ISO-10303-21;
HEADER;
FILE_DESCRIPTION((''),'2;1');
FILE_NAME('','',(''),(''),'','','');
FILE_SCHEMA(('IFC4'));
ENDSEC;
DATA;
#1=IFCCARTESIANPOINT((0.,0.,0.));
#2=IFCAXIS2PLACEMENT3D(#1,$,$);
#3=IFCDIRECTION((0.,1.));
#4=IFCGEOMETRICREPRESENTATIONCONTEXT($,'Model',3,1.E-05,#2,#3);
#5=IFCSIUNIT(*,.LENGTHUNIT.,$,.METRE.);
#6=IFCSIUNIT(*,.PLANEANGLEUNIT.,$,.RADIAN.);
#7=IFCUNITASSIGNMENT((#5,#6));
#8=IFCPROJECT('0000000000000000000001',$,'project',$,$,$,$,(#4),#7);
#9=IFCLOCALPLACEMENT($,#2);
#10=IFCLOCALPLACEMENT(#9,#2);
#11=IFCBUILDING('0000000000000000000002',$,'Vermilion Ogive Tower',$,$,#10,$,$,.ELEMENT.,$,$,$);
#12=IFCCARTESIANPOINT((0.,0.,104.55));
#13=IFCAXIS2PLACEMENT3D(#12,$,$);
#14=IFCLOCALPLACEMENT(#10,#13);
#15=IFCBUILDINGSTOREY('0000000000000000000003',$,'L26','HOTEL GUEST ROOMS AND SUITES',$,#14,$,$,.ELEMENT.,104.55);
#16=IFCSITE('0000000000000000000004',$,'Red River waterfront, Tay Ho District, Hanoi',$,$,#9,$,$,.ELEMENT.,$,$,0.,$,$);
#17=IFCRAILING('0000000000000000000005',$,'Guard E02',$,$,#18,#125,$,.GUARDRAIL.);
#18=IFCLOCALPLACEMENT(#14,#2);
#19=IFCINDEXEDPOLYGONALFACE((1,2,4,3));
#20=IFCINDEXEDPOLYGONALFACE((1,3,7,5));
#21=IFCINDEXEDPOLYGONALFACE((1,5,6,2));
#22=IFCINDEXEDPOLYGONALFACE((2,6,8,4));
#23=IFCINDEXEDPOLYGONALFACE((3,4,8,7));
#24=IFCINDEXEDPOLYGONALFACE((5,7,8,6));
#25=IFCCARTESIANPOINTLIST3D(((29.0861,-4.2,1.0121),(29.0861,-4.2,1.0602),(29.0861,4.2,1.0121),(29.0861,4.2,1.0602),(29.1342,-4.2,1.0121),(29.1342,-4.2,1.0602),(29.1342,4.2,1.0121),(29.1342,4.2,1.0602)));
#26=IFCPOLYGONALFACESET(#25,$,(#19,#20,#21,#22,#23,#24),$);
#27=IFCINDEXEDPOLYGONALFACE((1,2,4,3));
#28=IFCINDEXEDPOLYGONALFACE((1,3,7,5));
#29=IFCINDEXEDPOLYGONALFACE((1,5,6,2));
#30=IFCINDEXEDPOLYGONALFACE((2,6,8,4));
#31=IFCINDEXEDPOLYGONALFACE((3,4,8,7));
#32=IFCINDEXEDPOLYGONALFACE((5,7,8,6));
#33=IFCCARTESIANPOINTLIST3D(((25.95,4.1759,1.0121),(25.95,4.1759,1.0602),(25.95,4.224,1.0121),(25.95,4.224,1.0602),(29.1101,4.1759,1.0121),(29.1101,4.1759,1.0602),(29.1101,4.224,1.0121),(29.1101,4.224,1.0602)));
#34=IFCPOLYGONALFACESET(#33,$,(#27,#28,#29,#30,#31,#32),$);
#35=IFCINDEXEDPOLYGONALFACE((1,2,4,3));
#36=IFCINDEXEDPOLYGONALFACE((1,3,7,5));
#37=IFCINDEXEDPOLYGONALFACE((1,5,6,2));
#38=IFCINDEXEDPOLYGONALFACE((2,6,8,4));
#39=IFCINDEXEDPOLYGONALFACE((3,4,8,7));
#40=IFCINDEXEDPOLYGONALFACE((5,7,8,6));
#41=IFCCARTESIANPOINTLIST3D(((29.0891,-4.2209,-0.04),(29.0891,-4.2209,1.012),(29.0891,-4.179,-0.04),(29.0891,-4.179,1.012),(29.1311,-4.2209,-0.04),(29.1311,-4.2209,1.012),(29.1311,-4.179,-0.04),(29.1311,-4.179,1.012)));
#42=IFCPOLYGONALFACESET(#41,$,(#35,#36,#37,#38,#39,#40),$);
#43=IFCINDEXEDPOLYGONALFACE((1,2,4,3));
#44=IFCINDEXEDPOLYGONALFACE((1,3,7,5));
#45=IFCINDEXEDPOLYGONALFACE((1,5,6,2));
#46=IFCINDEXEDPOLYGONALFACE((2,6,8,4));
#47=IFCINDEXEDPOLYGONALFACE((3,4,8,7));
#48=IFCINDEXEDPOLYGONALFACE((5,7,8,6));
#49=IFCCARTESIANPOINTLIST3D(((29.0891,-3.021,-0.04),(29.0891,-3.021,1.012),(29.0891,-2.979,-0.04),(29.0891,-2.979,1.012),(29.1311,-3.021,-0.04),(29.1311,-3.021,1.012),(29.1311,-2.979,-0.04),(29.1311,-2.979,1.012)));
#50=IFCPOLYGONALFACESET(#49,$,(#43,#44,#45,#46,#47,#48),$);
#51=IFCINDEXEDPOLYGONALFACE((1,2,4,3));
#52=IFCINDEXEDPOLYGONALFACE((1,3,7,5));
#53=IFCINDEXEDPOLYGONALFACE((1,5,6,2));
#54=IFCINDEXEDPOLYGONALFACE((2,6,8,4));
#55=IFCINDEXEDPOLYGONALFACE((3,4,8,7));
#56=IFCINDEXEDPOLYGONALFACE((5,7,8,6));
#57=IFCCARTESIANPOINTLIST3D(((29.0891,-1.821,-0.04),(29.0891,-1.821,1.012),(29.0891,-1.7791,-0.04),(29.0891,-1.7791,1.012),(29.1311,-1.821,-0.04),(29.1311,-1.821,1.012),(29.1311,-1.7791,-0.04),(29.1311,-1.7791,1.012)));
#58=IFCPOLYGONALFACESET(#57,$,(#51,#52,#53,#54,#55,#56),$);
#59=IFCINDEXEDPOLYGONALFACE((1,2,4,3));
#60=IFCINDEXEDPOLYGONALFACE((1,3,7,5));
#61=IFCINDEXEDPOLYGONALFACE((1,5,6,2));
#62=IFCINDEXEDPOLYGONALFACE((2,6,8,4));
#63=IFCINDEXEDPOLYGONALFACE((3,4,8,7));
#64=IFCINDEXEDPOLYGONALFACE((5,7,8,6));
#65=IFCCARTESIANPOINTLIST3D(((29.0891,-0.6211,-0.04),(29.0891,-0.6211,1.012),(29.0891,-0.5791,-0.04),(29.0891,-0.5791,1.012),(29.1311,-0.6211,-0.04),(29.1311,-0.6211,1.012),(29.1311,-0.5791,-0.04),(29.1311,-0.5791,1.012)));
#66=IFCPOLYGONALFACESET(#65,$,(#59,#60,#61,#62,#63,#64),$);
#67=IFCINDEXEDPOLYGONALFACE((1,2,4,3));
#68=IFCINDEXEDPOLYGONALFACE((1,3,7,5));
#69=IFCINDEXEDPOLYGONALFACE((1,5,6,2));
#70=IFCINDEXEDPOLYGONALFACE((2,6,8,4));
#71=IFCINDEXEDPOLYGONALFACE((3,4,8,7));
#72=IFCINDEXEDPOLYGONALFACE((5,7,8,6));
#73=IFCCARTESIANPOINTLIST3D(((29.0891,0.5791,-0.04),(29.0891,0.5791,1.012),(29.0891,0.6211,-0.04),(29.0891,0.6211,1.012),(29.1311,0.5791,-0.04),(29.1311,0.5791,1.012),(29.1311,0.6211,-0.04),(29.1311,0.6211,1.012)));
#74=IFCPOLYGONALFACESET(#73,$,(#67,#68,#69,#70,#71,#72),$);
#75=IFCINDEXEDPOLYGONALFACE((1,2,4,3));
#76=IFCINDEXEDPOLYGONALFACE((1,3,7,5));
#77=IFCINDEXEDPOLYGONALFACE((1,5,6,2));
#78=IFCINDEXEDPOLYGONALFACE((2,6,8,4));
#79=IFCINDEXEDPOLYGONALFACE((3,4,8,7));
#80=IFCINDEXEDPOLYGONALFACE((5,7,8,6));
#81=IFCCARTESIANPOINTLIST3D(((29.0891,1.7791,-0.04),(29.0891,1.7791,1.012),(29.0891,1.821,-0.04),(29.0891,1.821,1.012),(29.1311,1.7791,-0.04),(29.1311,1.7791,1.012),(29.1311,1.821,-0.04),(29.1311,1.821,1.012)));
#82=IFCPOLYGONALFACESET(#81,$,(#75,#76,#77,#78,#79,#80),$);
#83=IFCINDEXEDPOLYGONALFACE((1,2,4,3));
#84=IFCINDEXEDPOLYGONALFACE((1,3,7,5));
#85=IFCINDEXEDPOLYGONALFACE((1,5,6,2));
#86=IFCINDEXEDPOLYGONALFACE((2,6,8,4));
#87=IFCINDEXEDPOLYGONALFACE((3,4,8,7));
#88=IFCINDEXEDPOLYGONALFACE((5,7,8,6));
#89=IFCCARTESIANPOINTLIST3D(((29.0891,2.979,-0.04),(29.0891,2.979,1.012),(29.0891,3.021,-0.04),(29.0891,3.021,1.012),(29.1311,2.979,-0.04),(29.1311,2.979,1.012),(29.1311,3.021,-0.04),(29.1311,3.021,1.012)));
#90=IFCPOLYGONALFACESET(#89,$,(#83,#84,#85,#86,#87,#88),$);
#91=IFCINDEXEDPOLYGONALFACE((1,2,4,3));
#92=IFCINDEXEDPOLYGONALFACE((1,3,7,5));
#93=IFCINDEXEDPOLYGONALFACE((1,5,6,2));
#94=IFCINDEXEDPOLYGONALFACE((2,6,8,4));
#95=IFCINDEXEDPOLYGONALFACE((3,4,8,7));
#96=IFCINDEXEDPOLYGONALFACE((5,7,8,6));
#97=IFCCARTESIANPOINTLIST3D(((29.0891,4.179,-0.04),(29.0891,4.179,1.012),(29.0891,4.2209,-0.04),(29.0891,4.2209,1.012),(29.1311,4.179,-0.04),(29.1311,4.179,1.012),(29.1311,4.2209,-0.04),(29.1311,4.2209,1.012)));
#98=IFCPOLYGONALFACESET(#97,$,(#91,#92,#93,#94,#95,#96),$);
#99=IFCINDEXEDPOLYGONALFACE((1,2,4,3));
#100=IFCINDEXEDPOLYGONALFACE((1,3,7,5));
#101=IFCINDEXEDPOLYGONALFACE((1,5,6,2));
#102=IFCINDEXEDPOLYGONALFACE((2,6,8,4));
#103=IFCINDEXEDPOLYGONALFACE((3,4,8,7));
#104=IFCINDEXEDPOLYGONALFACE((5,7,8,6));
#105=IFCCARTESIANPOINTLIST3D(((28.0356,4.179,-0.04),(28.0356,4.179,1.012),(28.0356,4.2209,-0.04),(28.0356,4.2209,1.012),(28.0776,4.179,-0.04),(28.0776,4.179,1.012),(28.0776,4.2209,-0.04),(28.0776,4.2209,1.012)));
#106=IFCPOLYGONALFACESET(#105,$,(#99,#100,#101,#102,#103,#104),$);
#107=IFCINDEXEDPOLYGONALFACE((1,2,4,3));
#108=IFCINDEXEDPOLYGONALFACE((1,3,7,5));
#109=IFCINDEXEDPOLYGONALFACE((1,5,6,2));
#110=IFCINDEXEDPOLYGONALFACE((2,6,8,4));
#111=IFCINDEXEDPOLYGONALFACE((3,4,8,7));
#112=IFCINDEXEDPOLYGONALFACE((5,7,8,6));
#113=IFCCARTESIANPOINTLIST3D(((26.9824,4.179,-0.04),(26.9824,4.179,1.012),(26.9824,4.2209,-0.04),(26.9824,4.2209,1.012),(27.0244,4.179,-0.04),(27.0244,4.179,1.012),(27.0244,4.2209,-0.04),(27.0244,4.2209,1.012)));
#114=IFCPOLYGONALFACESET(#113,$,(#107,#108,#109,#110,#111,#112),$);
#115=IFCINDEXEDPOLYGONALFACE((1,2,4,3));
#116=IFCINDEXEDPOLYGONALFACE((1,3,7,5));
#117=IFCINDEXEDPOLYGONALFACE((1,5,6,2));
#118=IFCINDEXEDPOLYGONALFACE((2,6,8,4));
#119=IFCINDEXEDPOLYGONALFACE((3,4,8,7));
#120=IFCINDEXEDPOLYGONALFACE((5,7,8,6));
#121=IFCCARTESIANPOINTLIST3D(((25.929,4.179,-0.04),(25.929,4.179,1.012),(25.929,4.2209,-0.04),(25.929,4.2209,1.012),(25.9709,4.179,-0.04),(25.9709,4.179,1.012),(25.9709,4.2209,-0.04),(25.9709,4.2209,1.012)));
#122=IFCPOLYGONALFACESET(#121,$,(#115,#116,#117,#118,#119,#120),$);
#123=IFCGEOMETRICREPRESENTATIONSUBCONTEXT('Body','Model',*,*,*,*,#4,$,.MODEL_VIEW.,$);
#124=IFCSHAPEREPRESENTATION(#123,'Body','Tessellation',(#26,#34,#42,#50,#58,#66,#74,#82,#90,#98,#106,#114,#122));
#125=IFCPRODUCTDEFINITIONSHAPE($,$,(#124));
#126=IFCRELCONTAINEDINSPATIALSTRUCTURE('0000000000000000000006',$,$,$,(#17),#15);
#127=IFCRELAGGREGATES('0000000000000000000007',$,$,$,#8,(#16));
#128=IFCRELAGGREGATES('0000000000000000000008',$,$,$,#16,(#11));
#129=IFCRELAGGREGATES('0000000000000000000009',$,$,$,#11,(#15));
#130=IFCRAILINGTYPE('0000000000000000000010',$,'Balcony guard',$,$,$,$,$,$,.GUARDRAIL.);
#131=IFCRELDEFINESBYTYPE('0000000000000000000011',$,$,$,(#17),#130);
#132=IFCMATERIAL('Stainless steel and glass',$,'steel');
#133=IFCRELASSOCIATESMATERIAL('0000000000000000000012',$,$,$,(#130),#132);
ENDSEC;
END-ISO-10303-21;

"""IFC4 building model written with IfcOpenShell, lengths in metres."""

from ifc_helpers import new_model, si_unit, direction, frame, origin, origin_2d, place, context, subcontext, project, spatial, rectangle, extrude, material, type_object, element, save


model = new_model("IFC4")

# Units and contexts
model_context = context("Model", 3, precision=1e-05, world=origin(), true_north=direction((0.0, 1.0)))
body_context = subcontext(model_context, "Body", "Model", "MODEL_VIEW")
ifc_project = project(units=[si_unit("LENGTHUNIT", "METRE"), si_unit("PLANEANGLEUNIT", "RADIAN")], contexts=[model_context])

# Site, building, storey
site_placement = place(None, origin())
site = spatial("IfcSite", under=ifc_project, at=site_placement, Name="Red River waterfront, Tay Ho District, Hanoi", CompositionType="ELEMENT", RefElevation=0.0)
building_placement = place(site_placement, origin())
building = spatial("IfcBuilding", under=site, at=building_placement, Name="Vermilion Ogive Tower", CompositionType="ELEMENT")
storey_placement = place(building_placement, frame((0.0, 0.0, 104.55)))
storey = spatial("IfcBuildingStorey", under=building, at=storey_placement, Name="L26", Description="HOTEL GUEST ROOMS AND SUITES", CompositionType="ELEMENT", Elevation=104.55)

# Railing
ifc_material_1 = material(Name="Stainless steel and glass", Category="steel")
railing_type = type_object("IfcRailingType", Name="Balcony guard", PredefinedType="GUARDRAIL", material=ifc_material_1)
railing_placement = place(storey_placement, frame((29.1101, -4.2, -0.04)))
element("IfcRailing", 1, at=railing_placement, inside=storey, type_object=railing_type, Name="Guard E02", PredefinedType="GUARDRAIL", context=body_context, shape_type="SweptSolid", body=[
    extrude(rectangle(XDim=0.0481, YDim=0.0481, at=origin_2d()), frame((0.0, 0.0, 1.0762), z_axis=(0.0, 1.0, 0.0), x_axis=(-1.0, 0.0, 0.0)), (0.0, 0.0, 1.0), 8.3999),
    extrude(rectangle(XDim=0.0481, YDim=0.0481, at=origin_2d()), frame((0.0, 8.3999, 1.0762), z_axis=(-1.0, 0.0, 0.0), x_axis=(0.0, -1.0, 0.0)), (0.0, 0.0, 1.0), 3.1602),
    extrude(rectangle(XDim=0.042, YDim=0.042, at=origin_2d()), origin(), (0.0, 0.0, 1.0), 1.052),
    extrude(rectangle(XDim=0.042, YDim=0.042, at=origin_2d()), frame((0.0, 1.2, 0.0)), (0.0, 0.0, 1.0), 1.052),
    extrude(rectangle(XDim=0.042, YDim=0.042, at=origin_2d()), frame((0.0, 2.3999, 0.0)), (0.0, 0.0, 1.0), 1.052),
    extrude(rectangle(XDim=0.042, YDim=0.042, at=origin_2d()), frame((0.0, 3.5999, 0.0)), (0.0, 0.0, 1.0), 1.052),
    extrude(rectangle(XDim=0.042, YDim=0.042, at=origin_2d()), frame((0.0, 4.8, 0.0)), (0.0, 0.0, 1.0), 1.052),
    extrude(rectangle(XDim=0.042, YDim=0.042, at=origin_2d()), frame((0.0, 6.0, 0.0)), (0.0, 0.0, 1.0), 1.052),
    extrude(rectangle(XDim=0.042, YDim=0.042, at=origin_2d()), frame((0.0, 7.2, 0.0)), (0.0, 0.0, 1.0), 1.052),
    extrude(rectangle(XDim=0.042, YDim=0.042, at=origin_2d()), frame((0.0, 8.3999, 0.0)), (0.0, 0.0, 1.0), 1.052),
    extrude(rectangle(XDim=0.042, YDim=0.042, at=origin_2d()), frame((-1.0535, 8.3999, 0.0)), (0.0, 0.0, 1.0), 1.052),
    extrude(rectangle(XDim=0.042, YDim=0.042, at=origin_2d()), frame((-2.1067, 8.3999, 0.0)), (0.0, 0.0, 1.0), 1.052),
    extrude(rectangle(XDim=0.042, YDim=0.042, at=origin_2d()), frame((-3.1602, 8.3999, 0.0)), (0.0, 0.0, 1.0), 1.052),
])

save(model, "model.ifc")
